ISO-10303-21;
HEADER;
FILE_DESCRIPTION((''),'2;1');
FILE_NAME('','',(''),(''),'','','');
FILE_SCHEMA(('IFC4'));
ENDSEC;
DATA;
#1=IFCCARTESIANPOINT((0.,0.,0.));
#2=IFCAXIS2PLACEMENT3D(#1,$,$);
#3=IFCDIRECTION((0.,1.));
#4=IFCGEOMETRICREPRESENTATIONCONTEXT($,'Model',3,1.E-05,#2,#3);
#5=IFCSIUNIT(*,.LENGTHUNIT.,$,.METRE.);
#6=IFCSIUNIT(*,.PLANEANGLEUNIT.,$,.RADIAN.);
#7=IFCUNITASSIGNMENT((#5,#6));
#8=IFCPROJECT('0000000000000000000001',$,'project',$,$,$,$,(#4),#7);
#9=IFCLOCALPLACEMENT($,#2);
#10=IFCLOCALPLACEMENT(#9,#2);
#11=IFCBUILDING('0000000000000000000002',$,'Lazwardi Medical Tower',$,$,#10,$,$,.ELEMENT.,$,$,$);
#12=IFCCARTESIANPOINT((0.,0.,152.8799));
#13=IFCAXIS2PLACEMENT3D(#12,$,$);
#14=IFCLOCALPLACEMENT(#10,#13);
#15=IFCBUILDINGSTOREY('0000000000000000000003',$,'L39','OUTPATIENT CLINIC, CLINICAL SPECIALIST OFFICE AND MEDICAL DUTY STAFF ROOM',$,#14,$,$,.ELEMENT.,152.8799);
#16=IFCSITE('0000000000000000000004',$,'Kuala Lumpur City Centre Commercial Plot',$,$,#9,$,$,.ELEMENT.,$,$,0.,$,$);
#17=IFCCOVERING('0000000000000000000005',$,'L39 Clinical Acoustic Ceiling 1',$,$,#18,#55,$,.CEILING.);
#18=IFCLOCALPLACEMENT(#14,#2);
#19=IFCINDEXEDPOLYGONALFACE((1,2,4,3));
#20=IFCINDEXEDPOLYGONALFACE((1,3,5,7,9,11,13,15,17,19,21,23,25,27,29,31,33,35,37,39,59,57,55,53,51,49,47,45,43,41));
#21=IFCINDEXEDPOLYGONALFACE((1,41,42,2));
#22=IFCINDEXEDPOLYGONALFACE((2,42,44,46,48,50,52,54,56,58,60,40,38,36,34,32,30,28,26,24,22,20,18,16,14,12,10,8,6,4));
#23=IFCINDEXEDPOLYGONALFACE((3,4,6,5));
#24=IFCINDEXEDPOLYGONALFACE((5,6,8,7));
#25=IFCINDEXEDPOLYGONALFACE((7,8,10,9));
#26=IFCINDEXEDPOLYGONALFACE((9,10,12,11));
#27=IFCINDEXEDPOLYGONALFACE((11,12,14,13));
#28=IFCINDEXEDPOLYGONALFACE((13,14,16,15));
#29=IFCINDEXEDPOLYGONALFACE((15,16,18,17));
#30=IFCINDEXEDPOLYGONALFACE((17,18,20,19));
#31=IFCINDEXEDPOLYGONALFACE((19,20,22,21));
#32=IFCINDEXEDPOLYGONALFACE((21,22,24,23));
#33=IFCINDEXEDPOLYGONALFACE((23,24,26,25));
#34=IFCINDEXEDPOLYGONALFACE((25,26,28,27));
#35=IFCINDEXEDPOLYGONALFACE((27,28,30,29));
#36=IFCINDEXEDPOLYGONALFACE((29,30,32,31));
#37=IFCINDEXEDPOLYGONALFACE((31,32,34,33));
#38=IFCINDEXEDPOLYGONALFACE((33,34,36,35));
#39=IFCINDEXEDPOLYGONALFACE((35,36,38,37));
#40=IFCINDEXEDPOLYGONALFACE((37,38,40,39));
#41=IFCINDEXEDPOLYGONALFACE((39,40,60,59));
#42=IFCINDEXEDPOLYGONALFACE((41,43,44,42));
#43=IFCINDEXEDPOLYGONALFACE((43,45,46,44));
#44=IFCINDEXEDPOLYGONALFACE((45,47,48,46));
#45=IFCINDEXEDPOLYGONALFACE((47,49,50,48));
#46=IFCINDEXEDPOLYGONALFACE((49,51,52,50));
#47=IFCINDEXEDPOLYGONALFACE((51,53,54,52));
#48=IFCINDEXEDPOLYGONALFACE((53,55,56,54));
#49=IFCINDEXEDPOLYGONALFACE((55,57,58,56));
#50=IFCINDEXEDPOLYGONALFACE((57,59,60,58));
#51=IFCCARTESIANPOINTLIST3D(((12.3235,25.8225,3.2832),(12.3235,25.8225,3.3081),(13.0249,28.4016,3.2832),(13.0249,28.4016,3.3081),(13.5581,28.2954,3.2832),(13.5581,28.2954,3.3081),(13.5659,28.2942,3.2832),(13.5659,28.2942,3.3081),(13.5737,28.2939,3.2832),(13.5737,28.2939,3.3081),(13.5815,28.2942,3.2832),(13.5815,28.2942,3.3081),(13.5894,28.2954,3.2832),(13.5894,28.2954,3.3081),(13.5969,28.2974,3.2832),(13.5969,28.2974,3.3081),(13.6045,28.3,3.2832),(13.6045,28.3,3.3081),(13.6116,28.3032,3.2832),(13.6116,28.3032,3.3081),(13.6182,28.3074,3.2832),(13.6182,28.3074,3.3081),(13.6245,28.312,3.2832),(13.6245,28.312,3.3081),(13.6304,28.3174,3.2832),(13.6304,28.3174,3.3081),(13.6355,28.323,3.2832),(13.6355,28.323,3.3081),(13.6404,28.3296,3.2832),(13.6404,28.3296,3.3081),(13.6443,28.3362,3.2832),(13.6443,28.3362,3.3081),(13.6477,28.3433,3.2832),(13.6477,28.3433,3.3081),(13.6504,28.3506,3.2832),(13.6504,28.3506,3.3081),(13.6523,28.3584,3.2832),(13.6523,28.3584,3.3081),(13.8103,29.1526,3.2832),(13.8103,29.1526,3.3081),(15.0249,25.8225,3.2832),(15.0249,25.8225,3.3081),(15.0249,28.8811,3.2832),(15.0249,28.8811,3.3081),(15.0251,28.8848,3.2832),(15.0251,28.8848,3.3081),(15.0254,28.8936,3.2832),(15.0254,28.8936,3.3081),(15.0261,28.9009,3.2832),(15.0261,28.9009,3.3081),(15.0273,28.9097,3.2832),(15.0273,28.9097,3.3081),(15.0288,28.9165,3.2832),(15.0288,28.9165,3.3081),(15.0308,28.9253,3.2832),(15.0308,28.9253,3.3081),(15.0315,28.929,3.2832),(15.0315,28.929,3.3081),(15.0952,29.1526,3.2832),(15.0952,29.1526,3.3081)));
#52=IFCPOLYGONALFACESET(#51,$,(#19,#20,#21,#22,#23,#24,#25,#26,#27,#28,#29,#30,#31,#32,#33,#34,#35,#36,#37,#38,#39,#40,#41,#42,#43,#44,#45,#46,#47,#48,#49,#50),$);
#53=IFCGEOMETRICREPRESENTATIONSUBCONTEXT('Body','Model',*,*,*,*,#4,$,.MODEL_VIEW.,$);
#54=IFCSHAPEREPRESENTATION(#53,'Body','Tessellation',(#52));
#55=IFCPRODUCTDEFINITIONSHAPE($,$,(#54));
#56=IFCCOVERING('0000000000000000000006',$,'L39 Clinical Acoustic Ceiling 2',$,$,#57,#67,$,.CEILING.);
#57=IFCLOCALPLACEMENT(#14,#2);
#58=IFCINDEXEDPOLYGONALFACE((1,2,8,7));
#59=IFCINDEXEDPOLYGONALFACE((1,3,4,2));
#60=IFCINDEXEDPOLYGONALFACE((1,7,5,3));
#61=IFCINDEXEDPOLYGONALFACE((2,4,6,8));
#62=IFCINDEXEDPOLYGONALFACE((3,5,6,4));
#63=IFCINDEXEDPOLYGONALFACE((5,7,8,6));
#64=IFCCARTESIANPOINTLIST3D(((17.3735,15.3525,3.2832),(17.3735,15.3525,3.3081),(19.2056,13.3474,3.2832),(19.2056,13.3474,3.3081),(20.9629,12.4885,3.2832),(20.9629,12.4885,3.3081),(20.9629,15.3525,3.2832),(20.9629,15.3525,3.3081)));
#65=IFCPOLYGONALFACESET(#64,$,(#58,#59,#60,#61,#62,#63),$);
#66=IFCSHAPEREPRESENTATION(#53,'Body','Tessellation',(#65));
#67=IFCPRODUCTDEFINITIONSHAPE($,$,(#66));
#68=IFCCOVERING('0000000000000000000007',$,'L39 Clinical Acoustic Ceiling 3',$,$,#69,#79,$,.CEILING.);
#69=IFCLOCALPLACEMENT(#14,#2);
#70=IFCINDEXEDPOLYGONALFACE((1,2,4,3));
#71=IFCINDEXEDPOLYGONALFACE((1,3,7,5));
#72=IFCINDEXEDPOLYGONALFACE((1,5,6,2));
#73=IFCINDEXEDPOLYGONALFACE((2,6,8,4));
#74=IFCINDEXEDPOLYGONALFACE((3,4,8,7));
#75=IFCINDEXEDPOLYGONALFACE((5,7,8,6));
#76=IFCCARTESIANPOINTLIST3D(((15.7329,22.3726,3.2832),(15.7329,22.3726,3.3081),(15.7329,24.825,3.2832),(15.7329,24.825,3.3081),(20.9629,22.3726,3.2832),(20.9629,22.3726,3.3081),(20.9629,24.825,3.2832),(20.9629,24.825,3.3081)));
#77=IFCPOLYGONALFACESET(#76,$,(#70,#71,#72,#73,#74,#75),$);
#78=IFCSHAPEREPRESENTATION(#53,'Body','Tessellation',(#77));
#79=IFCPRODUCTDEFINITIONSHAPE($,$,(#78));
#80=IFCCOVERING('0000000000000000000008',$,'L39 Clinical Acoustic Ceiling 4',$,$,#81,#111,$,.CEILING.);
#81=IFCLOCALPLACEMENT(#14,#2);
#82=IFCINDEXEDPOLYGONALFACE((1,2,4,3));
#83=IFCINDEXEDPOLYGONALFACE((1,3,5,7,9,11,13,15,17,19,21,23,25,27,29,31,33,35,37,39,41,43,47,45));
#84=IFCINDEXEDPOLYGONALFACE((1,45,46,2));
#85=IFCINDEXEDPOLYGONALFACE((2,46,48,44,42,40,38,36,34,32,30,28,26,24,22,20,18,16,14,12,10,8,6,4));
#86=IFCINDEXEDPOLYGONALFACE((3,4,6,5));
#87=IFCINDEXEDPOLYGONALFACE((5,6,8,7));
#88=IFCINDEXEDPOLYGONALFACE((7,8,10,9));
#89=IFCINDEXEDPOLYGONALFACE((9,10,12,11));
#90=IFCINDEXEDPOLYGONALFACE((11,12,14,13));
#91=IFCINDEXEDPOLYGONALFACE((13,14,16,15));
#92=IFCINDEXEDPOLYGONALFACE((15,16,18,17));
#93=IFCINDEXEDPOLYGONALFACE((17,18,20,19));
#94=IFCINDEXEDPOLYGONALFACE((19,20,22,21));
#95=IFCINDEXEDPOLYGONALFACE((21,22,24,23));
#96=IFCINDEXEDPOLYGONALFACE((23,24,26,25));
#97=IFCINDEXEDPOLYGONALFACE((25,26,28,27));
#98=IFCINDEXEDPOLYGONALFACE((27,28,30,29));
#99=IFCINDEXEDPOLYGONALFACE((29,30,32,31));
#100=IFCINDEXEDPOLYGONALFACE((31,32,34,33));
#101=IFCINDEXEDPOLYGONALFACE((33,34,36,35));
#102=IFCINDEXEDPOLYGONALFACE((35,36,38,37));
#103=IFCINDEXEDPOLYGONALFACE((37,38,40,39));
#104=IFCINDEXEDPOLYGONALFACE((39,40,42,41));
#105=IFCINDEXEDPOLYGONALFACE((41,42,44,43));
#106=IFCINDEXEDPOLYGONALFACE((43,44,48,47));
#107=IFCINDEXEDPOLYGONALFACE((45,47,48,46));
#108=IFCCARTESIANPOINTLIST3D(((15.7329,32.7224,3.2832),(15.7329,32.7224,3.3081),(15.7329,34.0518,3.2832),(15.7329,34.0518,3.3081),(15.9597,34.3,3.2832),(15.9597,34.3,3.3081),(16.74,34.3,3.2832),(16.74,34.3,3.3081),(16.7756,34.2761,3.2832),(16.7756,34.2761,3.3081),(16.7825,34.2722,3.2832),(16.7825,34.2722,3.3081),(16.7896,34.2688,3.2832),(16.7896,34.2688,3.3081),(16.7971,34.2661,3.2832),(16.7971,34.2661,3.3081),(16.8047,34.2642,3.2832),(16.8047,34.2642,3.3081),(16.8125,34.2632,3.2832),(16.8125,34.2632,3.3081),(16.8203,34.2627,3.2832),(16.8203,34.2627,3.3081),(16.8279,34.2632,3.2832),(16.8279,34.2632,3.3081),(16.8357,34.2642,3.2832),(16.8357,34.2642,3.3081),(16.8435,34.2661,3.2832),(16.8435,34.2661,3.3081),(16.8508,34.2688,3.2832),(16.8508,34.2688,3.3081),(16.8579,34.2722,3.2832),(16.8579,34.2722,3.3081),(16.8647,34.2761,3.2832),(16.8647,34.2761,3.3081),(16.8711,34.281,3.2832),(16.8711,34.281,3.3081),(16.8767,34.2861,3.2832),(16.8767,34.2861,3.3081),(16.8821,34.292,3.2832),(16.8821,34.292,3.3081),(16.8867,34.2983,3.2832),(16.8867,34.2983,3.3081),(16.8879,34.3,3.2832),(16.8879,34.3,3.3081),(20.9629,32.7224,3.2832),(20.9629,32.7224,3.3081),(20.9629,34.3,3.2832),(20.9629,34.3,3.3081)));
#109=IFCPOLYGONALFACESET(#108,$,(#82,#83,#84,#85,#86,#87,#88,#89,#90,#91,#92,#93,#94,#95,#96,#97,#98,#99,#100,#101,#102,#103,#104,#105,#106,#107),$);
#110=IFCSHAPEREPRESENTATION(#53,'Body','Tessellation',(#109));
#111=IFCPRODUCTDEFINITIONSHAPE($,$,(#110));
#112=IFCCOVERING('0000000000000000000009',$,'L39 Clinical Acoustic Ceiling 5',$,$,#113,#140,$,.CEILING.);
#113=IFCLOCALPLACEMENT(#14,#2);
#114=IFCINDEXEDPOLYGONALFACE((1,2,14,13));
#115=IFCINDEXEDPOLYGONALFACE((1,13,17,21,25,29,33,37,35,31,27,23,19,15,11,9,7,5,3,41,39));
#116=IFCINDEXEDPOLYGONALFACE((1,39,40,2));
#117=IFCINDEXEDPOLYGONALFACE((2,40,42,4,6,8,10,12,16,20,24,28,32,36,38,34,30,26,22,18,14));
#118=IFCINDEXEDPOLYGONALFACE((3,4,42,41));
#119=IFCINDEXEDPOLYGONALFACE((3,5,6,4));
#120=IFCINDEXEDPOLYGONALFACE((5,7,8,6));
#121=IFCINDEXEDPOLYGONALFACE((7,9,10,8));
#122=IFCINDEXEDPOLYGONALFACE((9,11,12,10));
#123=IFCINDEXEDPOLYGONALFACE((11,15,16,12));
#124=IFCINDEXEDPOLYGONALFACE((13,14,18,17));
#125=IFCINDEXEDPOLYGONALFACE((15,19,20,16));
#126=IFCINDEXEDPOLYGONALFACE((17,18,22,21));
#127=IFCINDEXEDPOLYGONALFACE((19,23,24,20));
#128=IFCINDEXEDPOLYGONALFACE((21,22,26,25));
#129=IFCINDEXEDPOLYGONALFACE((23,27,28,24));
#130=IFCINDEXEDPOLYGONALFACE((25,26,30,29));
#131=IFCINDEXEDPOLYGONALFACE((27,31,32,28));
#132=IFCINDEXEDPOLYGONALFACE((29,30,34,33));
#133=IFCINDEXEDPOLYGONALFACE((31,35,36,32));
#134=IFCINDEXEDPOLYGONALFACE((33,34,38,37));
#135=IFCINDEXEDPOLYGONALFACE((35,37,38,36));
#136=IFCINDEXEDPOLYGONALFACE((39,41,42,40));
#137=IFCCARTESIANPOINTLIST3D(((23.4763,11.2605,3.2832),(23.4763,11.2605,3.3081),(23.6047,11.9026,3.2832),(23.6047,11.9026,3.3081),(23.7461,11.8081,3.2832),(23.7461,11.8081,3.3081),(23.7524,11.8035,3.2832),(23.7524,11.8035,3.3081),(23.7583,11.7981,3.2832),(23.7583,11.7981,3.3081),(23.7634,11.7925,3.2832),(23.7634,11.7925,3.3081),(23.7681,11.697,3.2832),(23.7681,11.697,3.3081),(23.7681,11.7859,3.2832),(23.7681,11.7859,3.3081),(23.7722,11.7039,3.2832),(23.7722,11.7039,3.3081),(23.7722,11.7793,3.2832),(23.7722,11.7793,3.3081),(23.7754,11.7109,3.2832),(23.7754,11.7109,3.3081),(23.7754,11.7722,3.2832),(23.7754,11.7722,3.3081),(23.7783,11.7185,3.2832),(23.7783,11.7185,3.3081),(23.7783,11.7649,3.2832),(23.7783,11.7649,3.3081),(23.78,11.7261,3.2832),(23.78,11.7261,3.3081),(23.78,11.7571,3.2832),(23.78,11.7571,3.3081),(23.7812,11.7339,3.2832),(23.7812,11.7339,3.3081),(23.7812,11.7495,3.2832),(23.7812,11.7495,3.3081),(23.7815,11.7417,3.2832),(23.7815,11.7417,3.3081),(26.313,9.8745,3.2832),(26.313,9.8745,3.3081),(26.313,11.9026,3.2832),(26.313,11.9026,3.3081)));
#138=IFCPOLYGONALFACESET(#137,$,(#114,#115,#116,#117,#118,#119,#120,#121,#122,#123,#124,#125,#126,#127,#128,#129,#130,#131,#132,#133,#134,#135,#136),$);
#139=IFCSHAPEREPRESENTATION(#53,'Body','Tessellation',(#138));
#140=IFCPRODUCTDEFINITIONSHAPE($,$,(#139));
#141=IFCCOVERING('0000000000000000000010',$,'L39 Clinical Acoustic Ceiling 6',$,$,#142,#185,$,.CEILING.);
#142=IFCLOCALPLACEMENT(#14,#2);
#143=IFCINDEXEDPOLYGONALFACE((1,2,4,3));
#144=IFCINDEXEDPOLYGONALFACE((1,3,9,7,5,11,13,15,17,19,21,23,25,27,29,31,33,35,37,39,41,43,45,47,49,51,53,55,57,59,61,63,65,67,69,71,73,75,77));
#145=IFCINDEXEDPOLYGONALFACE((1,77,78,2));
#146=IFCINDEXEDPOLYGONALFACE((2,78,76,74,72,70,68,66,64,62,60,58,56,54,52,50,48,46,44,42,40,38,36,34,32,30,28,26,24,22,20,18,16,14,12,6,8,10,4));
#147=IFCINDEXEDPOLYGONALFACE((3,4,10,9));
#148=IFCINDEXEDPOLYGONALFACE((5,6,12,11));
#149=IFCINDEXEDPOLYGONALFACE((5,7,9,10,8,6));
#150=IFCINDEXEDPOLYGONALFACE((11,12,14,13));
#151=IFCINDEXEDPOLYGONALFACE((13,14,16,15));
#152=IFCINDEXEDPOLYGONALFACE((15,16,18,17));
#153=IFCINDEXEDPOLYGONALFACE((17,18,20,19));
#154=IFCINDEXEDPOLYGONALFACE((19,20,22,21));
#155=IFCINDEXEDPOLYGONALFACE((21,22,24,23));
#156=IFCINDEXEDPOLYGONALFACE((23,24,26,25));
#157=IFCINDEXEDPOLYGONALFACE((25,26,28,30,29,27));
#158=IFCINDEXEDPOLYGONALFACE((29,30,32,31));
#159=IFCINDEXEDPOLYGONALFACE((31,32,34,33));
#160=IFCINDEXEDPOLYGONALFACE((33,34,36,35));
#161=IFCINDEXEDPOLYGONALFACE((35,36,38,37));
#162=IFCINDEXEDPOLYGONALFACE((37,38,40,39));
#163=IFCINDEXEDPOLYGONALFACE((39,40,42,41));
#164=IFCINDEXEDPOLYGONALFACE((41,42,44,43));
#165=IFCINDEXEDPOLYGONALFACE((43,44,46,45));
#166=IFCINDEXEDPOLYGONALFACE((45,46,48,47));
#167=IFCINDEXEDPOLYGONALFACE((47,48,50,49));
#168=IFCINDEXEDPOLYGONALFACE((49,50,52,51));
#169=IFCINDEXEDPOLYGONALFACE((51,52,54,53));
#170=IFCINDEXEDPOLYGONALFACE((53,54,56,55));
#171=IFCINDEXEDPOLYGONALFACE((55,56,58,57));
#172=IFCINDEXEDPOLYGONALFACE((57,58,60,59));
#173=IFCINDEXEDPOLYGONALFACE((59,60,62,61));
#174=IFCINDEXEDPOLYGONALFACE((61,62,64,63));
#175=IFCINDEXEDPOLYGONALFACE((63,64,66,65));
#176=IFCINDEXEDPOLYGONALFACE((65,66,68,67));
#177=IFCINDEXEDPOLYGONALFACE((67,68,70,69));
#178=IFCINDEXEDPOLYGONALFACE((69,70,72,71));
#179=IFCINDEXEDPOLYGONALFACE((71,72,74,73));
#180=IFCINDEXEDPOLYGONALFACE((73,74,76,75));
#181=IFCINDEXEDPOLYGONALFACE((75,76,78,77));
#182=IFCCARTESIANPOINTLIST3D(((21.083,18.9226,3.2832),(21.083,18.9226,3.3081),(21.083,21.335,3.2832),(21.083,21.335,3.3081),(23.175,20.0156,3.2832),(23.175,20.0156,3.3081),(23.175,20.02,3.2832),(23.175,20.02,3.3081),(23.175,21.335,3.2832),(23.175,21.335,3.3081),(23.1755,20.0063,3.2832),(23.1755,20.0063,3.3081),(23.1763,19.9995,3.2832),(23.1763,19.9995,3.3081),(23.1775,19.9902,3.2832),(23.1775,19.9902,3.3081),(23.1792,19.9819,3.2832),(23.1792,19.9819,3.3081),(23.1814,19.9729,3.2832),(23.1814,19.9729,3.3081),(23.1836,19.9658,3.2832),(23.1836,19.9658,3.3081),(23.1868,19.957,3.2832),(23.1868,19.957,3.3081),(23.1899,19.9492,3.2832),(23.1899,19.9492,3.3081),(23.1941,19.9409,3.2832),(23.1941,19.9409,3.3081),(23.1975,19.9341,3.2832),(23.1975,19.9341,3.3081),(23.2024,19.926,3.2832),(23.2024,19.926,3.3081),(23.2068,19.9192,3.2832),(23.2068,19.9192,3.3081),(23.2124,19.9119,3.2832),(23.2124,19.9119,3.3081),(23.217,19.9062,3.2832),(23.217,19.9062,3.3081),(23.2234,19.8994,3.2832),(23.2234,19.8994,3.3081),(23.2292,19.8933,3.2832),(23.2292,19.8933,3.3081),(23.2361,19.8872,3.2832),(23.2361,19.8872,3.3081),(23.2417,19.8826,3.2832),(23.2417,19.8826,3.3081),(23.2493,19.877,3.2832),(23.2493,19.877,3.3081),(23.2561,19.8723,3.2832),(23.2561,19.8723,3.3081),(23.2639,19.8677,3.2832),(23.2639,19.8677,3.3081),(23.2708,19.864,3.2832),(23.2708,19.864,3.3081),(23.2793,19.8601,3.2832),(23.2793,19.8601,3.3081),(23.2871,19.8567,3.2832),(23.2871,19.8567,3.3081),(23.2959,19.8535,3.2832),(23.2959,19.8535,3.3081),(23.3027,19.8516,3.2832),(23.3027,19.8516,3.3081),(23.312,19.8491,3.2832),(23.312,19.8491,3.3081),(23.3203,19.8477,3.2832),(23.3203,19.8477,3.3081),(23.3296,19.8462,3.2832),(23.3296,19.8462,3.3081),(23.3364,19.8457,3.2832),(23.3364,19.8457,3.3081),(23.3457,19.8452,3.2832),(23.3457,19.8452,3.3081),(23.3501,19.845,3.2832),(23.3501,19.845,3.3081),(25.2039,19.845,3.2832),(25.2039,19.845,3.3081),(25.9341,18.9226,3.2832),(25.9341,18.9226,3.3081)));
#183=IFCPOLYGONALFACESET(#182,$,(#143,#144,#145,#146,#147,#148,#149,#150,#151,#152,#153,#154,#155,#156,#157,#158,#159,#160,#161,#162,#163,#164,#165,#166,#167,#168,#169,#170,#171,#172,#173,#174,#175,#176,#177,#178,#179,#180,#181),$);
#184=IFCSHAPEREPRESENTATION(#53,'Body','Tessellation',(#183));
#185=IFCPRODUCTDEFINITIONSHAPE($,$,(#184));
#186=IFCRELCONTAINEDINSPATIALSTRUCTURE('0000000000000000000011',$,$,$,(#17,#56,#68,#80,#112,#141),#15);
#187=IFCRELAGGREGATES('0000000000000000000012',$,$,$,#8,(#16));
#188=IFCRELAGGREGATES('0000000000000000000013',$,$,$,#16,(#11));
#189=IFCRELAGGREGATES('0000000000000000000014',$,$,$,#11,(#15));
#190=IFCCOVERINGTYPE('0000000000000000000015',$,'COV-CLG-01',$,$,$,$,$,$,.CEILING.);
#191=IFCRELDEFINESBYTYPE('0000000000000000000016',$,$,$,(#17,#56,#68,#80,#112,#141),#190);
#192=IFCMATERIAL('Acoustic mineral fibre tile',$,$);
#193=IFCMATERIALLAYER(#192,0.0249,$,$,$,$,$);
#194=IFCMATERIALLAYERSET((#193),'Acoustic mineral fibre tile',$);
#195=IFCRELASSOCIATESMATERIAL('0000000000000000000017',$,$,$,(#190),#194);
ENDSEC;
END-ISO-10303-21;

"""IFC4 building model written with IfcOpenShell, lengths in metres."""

from ifc_helpers import new_model, si_unit, direction, frame, origin, place, context, subcontext, project, spatial, polyline, outline, extrude, material, layer, layer_set, type_object, element, save


model = new_model("IFC4")

# Units and contexts
model_context = context("Model", 3, precision=1e-05, world=origin(), true_north=direction((0.0, 1.0)))
body_context = subcontext(model_context, "Body", "Model", "MODEL_VIEW")
ifc_project = project(units=[si_unit("LENGTHUNIT", "METRE"), si_unit("PLANEANGLEUNIT", "RADIAN")], contexts=[model_context])

# Site, building, storey
site_placement = place(None, origin())
site = spatial("IfcSite", under=ifc_project, at=site_placement, Name="Kuala Lumpur City Centre Commercial Plot", CompositionType="ELEMENT", RefElevation=0.0)
building_placement = place(site_placement, origin())
building = spatial("IfcBuilding", under=site, at=building_placement, Name="Lazwardi Medical Tower", CompositionType="ELEMENT")
storey_placement = place(building_placement, frame((0.0, 0.0, 152.8799)))
storey = spatial("IfcBuildingStorey", under=building, at=storey_placement, Name="L39", Description="OUTPATIENT CLINIC, CLINICAL SPECIALIST OFFICE AND MEDICAL DUTY STAFF ROOM", CompositionType="ELEMENT", Elevation=152.8799)

# Coverings
ifc_material_1 = material(Name="Acoustic mineral fibre tile")
ifc_layer_1 = layer(ifc_material_1, 0.0249)
ifc_layer_set_1 = layer_set([ifc_layer_1], Name="Acoustic mineral fibre tile")
covering_type_1 = type_object("IfcCoveringType", Name="COV-CLG-01", PredefinedType="CEILING", material=ifc_layer_set_1)
covering_1_placement = place(storey_placement, frame((0.0, 0.0, 3.2832)))
element("IfcCovering", 1, at=covering_1_placement, inside=storey, type_object=covering_type_1, Name="L39 Clinical Acoustic Ceiling 1", PredefinedType="CEILING", context=body_context, shape_type="SweptSolid", body=[
    extrude(outline(polyline([(13.8103, 29.1526), (13.6523, 28.3584), (13.6504, 28.3506), (13.6477, 28.3433), (13.6443, 28.3362), (13.6404, 28.3296), (13.6355, 28.323), (13.6304, 28.3174), (13.6245, 28.312), (13.6182, 28.3074), (13.6116, 28.3032), (13.6045, 28.3), (13.5969, 28.2974), (13.5894, 28.2954), (13.5815, 28.2942), (13.5737, 28.2939), (13.5659, 28.2942), (13.5581, 28.2954), (13.0249, 28.4016), (12.3235, 25.8225), (15.0249, 25.8225), (15.0249, 28.8811), (15.0251, 28.8848), (15.0254, 28.8936), (15.0261, 28.9009), (15.0273, 28.9097), (15.0288, 28.9165), (15.0308, 28.9253), (15.0315, 28.929), (15.0952, 29.1526), (13.8103, 29.1526)])), origin(), (0.0, 0.0, 1.0), 0.0249),
])
covering_2_placement = place(storey_placement, frame((0.0, 0.0, 3.2832)))
element("IfcCovering", 2, at=covering_2_placement, inside=storey, type_object=covering_type_1, Name="L39 Clinical Acoustic Ceiling 2", PredefinedType="CEILING", context=body_context, shape_type="SweptSolid", body=[
    extrude(outline(polyline([(17.3735, 15.3525), (19.2056, 13.3474), (20.9629, 12.4885), (20.9629, 15.3525), (17.3735, 15.3525)])), origin(), (0.0, 0.0, 1.0), 0.0249),
])
covering_3_placement = place(storey_placement, frame((0.0, 0.0, 3.2832)))
element("IfcCovering", 3, at=covering_3_placement, inside=storey, type_object=covering_type_1, Name="L39 Clinical Acoustic Ceiling 3", PredefinedType="CEILING", context=body_context, shape_type="SweptSolid", body=[
    extrude(outline(polyline([(20.9629, 24.825), (15.7329, 24.825), (15.7329, 22.3726), (20.9629, 22.3726), (20.9629, 24.825)])), origin(), (0.0, 0.0, 1.0), 0.0249),
])
covering_4_placement = place(storey_placement, frame((0.0, 0.0, 3.2832)))
element("IfcCovering", 4, at=covering_4_placement, inside=storey, type_object=covering_type_1, Name="L39 Clinical Acoustic Ceiling 4", PredefinedType="CEILING", context=body_context, shape_type="SweptSolid", body=[
    extrude(outline(polyline([(20.9629, 34.3), (16.8879, 34.3), (16.8867, 34.2983), (16.8821, 34.292), (16.8767, 34.2861), (16.8711, 34.281), (16.8647, 34.2761), (16.8579, 34.2722), (16.8508, 34.2688), (16.8435, 34.2661), (16.8357, 34.2642), (16.8279, 34.2632), (16.8203, 34.2627), (16.8125, 34.2632), (16.8047, 34.2642), (16.7971, 34.2661), (16.7896, 34.2688), (16.7825, 34.2722), (16.7756, 34.2761), (16.74, 34.3), (15.9597, 34.3), (15.7329, 34.0518), (15.7329, 32.7224), (20.9629, 32.7224), (20.9629, 34.3)])), origin(), (0.0, 0.0, 1.0), 0.0249),
])
covering_5_placement = place(storey_placement, frame((0.0, 0.0, 3.2832)))
element("IfcCovering", 5, at=covering_5_placement, inside=storey, type_object=covering_type_1, Name="L39 Clinical Acoustic Ceiling 5", PredefinedType="CEILING", context=body_context, shape_type="SweptSolid", body=[
    extrude(outline(polyline([(23.6047, 11.9026), (23.7461, 11.8081), (23.7524, 11.8035), (23.7583, 11.7981), (23.7634, 11.7925), (23.7681, 11.7859), (23.7722, 11.7793), (23.7754, 11.7722), (23.7783, 11.7649), (23.78, 11.7571), (23.7812, 11.7495), (23.7815, 11.7417), (23.7812, 11.7339), (23.78, 11.7261), (23.7783, 11.7185), (23.7754, 11.7109), (23.7722, 11.7039), (23.7681, 11.697), (23.4763, 11.2605), (26.313, 9.8745), (26.313, 11.9026), (23.6047, 11.9026)])), origin(), (0.0, 0.0, 1.0), 0.0249),
])
covering_6_placement = place(storey_placement, frame((0.0, 0.0, 3.2832)))
element("IfcCovering", 6, at=covering_6_placement, inside=storey, type_object=covering_type_1, Name="L39 Clinical Acoustic Ceiling 6", PredefinedType="CEILING", context=body_context, shape_type="SweptSolid", body=[
    extrude(outline(polyline([(25.9341, 18.9226), (25.2039, 19.845), (23.3501, 19.845), (23.3457, 19.8452), (23.3364, 19.8457), (23.3296, 19.8462), (23.3203, 19.8477), (23.312, 19.8491), (23.3027, 19.8516), (23.2959, 19.8535), (23.2871, 19.8567), (23.2793, 19.8601), (23.2708, 19.864), (23.2639, 19.8677), (23.2561, 19.8723), (23.2493, 19.877), (23.2417, 19.8826), (23.2361, 19.8872), (23.2292, 19.8933), (23.2234, 19.8994), (23.217, 19.9062), (23.2124, 19.9119), (23.2068, 19.9192), (23.2024, 19.926), (23.1975, 19.9341), (23.1941, 19.9409), (23.1899, 19.9492), (23.1868, 19.957), (23.1836, 19.9658), (23.1814, 19.9729), (23.1792, 19.9819), (23.1775, 19.9902), (23.1763, 19.9995), (23.1755, 20.0063), (23.175, 20.0156), (23.175, 20.02), (23.175, 21.335), (21.083, 21.335), (21.083, 18.9226), (25.9341, 18.9226)])), origin(), (0.0, 0.0, 1.0), 0.0249),
])

save(model, "model.ifc")
